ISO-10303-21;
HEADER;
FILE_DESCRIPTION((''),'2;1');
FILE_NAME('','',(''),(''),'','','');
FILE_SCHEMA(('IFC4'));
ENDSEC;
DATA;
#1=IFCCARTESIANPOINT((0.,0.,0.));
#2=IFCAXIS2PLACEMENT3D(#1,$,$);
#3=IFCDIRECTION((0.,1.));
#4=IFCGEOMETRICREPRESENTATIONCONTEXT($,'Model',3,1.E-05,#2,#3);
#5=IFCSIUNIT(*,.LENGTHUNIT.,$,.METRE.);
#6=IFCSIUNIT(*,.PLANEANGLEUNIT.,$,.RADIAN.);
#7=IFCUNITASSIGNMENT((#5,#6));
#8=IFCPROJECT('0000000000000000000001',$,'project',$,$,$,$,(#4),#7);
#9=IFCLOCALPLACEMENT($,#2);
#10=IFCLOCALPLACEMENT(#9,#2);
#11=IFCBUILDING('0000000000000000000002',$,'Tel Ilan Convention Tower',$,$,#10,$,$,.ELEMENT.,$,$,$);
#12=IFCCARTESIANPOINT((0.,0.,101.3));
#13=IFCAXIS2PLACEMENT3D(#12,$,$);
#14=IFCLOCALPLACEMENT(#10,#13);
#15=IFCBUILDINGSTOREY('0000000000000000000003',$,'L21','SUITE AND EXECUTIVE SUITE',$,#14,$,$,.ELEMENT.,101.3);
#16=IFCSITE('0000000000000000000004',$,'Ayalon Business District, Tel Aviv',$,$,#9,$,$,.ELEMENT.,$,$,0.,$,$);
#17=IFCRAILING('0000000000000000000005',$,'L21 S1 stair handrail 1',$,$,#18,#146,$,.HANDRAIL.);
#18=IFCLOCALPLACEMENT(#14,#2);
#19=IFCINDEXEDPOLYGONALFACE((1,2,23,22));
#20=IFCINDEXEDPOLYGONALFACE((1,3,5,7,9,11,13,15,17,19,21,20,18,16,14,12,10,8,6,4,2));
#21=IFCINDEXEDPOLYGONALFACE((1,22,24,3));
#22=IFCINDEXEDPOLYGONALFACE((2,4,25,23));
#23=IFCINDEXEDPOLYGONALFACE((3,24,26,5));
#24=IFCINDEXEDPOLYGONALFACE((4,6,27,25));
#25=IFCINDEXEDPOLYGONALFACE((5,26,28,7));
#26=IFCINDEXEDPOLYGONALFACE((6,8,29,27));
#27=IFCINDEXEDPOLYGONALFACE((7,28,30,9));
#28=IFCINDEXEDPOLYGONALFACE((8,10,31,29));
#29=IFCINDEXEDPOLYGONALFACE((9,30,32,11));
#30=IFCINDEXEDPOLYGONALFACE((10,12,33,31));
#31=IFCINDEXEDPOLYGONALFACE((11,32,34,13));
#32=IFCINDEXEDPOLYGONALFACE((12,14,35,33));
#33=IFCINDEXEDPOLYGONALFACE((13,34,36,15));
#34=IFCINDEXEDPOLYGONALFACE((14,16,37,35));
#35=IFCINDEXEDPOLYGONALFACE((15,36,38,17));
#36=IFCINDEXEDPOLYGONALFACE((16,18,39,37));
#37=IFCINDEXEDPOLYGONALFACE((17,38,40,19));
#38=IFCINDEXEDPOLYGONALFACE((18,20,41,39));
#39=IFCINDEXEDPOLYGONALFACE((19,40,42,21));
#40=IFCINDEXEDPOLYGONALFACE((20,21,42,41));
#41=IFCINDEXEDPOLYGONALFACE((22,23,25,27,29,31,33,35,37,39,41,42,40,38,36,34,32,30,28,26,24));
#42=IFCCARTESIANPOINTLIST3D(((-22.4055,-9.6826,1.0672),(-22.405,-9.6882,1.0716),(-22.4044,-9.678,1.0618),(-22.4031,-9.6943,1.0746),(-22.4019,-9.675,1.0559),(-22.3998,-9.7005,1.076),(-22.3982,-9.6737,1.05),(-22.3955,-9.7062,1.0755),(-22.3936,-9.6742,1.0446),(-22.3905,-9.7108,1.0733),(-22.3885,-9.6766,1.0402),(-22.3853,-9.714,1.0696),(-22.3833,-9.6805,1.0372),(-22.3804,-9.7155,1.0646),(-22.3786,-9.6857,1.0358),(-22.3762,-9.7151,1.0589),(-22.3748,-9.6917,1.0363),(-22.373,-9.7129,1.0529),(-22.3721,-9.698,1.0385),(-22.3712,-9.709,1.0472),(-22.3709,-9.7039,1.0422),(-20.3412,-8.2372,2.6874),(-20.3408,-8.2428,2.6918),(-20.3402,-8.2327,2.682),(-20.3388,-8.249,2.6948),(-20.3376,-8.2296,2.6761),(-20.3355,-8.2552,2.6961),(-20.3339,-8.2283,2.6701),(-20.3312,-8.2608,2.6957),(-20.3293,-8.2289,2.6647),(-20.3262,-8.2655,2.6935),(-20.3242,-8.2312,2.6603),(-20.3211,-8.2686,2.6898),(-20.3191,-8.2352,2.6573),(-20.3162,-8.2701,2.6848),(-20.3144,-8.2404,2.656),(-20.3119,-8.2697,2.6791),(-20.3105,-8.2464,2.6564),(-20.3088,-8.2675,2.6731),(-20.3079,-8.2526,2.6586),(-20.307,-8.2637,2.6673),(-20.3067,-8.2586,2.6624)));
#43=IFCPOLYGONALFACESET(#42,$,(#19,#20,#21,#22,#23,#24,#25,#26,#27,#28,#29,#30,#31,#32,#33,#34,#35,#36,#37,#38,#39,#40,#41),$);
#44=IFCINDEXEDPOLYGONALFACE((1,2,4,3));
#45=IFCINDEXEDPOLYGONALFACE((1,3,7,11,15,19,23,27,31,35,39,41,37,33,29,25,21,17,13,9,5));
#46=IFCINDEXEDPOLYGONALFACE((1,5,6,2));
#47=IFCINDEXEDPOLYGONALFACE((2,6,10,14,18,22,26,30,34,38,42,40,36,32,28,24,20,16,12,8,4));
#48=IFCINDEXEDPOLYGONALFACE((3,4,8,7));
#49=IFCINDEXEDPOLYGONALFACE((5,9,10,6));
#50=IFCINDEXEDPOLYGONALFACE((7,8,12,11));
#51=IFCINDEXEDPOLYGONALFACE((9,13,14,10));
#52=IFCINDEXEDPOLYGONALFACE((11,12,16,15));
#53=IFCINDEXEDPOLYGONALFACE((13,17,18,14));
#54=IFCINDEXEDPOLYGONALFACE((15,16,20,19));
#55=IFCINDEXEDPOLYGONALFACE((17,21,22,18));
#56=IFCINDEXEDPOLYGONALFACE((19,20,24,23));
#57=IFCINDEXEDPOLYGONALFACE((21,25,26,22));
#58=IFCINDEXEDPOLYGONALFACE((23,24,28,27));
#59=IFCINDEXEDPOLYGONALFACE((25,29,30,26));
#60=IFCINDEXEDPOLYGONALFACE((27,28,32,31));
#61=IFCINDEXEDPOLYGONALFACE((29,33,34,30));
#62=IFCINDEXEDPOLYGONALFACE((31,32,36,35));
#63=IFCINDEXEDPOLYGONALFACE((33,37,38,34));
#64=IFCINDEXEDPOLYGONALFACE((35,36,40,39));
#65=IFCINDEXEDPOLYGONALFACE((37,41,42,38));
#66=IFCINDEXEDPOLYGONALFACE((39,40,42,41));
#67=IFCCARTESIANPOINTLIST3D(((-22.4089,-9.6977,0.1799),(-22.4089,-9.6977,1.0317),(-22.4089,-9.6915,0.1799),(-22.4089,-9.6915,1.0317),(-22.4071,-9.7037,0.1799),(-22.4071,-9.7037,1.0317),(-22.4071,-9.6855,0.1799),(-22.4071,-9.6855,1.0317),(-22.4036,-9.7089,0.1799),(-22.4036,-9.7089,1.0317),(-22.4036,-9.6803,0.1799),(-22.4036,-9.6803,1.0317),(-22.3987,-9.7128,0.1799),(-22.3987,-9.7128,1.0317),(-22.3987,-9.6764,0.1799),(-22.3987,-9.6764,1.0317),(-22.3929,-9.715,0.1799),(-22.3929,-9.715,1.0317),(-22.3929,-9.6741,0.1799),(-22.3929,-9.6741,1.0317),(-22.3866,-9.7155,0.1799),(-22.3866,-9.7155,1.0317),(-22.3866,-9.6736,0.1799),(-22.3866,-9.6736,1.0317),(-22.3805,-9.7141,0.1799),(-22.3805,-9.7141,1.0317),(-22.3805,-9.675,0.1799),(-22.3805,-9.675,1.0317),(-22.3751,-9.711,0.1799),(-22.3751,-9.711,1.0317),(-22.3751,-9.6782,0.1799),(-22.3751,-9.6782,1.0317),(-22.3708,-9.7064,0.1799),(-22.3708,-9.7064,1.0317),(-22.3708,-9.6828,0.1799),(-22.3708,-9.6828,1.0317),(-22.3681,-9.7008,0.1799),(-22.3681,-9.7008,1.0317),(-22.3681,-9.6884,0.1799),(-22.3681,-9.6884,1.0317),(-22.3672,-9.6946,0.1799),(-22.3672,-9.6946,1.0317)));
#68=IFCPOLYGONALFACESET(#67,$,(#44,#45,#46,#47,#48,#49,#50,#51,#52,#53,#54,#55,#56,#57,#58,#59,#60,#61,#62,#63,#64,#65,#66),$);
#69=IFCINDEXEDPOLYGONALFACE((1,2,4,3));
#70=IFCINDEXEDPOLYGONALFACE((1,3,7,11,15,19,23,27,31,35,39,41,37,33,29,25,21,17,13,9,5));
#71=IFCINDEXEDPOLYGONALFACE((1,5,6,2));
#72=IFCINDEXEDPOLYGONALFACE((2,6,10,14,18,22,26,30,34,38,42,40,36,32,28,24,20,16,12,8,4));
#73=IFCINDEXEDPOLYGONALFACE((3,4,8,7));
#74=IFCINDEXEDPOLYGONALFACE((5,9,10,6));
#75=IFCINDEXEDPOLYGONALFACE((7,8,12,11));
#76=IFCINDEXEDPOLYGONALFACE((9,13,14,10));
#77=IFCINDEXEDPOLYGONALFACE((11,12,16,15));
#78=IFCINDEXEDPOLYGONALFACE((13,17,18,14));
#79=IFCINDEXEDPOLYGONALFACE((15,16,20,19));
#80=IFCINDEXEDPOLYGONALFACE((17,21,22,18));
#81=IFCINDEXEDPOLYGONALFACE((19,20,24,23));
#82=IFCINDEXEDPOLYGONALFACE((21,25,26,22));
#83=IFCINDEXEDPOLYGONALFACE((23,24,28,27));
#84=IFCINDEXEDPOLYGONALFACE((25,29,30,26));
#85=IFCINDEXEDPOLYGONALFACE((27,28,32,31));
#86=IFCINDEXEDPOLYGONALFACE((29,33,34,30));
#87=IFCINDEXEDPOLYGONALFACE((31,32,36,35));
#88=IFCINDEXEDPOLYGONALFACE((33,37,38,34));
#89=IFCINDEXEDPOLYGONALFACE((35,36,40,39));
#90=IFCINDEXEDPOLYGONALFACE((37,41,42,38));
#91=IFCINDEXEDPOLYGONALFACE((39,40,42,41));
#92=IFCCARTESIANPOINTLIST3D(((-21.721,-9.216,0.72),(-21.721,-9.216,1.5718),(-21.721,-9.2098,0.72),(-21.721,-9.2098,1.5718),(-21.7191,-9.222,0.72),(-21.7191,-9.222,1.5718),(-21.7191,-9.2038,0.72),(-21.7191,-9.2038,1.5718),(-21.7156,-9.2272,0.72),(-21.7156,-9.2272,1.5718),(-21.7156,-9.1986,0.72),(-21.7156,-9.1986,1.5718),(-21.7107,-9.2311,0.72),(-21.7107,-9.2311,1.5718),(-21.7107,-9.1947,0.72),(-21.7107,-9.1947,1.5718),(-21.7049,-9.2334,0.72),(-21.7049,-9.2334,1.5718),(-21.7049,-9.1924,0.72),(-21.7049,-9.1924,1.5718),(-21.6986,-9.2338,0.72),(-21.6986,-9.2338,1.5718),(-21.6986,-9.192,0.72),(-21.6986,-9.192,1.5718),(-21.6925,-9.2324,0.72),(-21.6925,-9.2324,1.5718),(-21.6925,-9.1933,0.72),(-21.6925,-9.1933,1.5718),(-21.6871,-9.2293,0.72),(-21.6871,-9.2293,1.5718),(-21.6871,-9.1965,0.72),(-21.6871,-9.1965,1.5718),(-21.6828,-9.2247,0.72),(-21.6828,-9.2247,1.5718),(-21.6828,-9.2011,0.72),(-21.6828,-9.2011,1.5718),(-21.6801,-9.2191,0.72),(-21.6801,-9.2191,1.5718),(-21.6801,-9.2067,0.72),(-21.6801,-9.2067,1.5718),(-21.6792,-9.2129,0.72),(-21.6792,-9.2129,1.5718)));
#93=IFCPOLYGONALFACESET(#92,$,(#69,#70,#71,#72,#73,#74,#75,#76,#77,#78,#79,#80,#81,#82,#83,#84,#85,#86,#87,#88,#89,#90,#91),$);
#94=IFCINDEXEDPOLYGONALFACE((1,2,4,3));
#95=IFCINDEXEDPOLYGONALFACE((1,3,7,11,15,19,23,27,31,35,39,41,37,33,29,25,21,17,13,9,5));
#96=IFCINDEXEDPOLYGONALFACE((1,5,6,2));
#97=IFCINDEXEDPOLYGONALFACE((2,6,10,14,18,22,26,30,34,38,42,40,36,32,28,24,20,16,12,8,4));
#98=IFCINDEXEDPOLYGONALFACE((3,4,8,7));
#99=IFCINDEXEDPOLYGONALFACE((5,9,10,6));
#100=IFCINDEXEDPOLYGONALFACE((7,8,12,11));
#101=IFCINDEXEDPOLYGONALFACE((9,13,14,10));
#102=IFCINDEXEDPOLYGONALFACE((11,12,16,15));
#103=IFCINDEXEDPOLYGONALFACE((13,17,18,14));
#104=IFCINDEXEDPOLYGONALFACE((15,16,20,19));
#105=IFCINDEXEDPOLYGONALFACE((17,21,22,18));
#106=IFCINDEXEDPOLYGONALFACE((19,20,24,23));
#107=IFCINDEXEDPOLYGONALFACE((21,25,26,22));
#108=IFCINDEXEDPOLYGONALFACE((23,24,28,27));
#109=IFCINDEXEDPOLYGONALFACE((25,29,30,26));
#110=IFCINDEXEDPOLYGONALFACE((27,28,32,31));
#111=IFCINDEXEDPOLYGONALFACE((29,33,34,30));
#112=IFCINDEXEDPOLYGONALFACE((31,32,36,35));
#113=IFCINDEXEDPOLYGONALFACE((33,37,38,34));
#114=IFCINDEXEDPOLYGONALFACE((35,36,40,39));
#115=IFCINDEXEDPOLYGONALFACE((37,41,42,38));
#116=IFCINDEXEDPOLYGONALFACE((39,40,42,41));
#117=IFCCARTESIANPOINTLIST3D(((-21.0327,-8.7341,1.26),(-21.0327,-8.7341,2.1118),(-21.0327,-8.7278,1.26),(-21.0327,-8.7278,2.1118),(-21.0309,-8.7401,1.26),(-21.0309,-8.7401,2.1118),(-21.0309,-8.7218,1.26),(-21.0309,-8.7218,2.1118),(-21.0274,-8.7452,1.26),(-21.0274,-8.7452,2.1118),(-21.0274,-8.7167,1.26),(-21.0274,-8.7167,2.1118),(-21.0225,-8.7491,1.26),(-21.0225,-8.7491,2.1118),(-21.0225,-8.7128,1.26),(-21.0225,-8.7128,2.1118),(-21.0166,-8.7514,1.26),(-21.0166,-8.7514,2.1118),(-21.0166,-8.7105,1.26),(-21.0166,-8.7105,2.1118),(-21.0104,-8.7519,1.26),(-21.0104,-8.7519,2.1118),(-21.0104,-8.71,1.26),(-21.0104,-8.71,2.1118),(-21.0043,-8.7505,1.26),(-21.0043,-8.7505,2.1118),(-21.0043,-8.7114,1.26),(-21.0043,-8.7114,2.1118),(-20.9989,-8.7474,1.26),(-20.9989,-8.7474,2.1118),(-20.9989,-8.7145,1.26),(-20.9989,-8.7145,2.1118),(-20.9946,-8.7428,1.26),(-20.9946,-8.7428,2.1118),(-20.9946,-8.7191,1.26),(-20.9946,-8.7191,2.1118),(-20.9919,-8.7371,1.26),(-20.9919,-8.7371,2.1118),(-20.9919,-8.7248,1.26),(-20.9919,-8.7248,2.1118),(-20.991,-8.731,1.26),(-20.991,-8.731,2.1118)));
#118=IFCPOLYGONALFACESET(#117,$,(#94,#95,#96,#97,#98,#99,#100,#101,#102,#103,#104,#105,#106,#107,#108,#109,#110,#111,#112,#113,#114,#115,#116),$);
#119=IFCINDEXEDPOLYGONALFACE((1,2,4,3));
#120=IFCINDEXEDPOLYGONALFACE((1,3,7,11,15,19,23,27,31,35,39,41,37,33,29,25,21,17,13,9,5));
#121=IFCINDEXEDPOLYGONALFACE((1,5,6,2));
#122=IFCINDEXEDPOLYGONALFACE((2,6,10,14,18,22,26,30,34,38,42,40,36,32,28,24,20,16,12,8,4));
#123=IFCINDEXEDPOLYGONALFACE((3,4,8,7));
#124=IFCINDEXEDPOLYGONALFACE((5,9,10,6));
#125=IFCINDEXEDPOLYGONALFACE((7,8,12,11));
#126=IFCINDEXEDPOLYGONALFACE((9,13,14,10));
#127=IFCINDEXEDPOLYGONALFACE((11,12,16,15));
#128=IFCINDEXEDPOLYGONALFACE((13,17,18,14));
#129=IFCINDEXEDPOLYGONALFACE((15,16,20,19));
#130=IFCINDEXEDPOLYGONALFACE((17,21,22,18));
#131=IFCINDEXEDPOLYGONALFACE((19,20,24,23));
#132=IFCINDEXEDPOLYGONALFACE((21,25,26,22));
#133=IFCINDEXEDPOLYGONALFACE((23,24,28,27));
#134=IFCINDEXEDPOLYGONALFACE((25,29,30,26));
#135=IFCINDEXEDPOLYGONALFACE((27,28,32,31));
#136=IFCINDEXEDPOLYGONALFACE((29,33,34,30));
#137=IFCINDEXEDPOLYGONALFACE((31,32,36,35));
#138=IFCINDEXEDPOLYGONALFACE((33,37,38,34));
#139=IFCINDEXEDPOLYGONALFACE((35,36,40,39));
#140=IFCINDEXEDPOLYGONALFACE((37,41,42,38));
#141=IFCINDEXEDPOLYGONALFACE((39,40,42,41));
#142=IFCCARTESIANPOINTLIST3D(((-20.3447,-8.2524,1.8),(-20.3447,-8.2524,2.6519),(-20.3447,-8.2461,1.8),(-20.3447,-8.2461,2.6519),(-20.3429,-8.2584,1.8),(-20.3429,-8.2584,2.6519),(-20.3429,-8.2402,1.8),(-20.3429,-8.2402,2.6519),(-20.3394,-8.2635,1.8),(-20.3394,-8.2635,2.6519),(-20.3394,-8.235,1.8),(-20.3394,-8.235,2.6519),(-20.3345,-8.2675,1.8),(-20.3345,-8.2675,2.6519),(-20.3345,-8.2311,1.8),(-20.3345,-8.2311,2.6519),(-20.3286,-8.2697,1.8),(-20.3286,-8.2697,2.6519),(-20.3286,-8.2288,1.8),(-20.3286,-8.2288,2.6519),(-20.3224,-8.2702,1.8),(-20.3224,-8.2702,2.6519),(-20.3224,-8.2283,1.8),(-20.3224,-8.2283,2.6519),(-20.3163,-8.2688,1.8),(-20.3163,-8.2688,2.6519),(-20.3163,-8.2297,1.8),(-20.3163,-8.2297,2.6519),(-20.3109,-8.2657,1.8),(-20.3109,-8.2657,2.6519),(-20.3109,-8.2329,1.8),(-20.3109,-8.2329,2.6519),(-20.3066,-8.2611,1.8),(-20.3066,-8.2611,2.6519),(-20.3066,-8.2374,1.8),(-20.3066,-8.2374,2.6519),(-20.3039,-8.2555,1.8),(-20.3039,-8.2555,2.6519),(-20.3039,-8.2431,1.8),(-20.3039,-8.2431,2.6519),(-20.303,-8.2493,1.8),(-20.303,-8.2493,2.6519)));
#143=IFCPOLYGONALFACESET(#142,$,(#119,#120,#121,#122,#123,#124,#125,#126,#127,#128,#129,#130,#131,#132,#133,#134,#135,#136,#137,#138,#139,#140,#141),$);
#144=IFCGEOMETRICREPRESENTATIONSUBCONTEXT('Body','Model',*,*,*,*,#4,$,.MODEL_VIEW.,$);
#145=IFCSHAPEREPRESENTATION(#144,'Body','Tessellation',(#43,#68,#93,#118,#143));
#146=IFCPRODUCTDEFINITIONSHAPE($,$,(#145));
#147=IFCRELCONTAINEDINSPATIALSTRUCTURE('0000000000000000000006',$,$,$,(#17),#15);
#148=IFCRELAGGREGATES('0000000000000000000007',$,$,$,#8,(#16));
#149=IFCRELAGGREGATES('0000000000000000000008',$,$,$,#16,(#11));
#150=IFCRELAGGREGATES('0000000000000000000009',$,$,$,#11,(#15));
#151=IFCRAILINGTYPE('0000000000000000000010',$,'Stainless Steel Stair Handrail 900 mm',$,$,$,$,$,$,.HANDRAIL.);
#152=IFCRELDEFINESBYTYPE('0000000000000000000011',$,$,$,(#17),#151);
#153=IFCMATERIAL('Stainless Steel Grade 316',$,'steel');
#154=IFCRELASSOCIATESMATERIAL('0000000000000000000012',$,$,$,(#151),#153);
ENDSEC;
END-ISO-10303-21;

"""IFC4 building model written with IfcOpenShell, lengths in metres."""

from ifc_helpers import new_model, si_unit, direction, frame, origin, origin_2d, place, context, subcontext, project, spatial, circle, extrude, material, type_object, element, save


model = new_model("IFC4")

# Units and contexts
model_context = context("Model", 3, precision=1e-05, world=origin(), true_north=direction((0.0, 1.0)))
body_context = subcontext(model_context, "Body", "Model", "MODEL_VIEW")
ifc_project = project(units=[si_unit("LENGTHUNIT", "METRE"), si_unit("PLANEANGLEUNIT", "RADIAN")], contexts=[model_context])

# Site, building, storey
site_placement = place(None, origin())
site = spatial("IfcSite", under=ifc_project, at=site_placement, Name="Ayalon Business District, Tel Aviv", CompositionType="ELEMENT", RefElevation=0.0)
building_placement = place(site_placement, origin())
building = spatial("IfcBuilding", under=site, at=building_placement, Name="Tel Ilan Convention Tower", CompositionType="ELEMENT")
storey_placement = place(building_placement, frame((0.0, 0.0, 101.3)))
storey = spatial("IfcBuildingStorey", under=building, at=storey_placement, Name="L21", Description="SUITE AND EXECUTIVE SUITE", CompositionType="ELEMENT", Elevation=101.3)

# Railing
ifc_material_1 = material(Name="Stainless Steel Grade 316", Category="steel")
railing_type_1 = type_object("IfcRailingType", Name="Stainless Steel Stair Handrail 900 mm", PredefinedType="HANDRAIL", material=ifc_material_1)
railing_1_placement = place(storey_placement, frame((-22.3882, -9.6946, 0.1799)))
element("IfcRailing", 1, at=railing_1_placement, inside=storey, type_object=railing_type_1, Name="L21 S1 stair handrail 1", PredefinedType="HANDRAIL", context=body_context, shape_type="SweptSolid", body=[
    extrude(circle(Radius=0.0239, at=origin_2d()), frame((0.0, 0.0, 0.876), z_axis=(0.68904, 0.48245, 0.540801), x_axis=(-0.57356, 0.819164, 0.0)), (0.0, 0.0, 1.0), 2.9958),
    extrude(circle(Radius=0.021, at=origin_2d()), origin(), (0.0, 0.0, 1.0), 0.8518),
    extrude(circle(Radius=0.021, at=origin_2d()), frame((0.688, 0.4817, 0.54)), (0.0, 0.0, 1.0), 0.8518),
    extrude(circle(Radius=0.021, at=origin_2d()), frame((1.3762, 0.9636, 1.0801)), (0.0, 0.0, 1.0), 0.8518),
    extrude(circle(Radius=0.021, at=origin_2d()), frame((2.0642, 1.4453, 1.6201)), (0.0, 0.0, 1.0), 0.8518),
])

save(model, "model.ifc")
